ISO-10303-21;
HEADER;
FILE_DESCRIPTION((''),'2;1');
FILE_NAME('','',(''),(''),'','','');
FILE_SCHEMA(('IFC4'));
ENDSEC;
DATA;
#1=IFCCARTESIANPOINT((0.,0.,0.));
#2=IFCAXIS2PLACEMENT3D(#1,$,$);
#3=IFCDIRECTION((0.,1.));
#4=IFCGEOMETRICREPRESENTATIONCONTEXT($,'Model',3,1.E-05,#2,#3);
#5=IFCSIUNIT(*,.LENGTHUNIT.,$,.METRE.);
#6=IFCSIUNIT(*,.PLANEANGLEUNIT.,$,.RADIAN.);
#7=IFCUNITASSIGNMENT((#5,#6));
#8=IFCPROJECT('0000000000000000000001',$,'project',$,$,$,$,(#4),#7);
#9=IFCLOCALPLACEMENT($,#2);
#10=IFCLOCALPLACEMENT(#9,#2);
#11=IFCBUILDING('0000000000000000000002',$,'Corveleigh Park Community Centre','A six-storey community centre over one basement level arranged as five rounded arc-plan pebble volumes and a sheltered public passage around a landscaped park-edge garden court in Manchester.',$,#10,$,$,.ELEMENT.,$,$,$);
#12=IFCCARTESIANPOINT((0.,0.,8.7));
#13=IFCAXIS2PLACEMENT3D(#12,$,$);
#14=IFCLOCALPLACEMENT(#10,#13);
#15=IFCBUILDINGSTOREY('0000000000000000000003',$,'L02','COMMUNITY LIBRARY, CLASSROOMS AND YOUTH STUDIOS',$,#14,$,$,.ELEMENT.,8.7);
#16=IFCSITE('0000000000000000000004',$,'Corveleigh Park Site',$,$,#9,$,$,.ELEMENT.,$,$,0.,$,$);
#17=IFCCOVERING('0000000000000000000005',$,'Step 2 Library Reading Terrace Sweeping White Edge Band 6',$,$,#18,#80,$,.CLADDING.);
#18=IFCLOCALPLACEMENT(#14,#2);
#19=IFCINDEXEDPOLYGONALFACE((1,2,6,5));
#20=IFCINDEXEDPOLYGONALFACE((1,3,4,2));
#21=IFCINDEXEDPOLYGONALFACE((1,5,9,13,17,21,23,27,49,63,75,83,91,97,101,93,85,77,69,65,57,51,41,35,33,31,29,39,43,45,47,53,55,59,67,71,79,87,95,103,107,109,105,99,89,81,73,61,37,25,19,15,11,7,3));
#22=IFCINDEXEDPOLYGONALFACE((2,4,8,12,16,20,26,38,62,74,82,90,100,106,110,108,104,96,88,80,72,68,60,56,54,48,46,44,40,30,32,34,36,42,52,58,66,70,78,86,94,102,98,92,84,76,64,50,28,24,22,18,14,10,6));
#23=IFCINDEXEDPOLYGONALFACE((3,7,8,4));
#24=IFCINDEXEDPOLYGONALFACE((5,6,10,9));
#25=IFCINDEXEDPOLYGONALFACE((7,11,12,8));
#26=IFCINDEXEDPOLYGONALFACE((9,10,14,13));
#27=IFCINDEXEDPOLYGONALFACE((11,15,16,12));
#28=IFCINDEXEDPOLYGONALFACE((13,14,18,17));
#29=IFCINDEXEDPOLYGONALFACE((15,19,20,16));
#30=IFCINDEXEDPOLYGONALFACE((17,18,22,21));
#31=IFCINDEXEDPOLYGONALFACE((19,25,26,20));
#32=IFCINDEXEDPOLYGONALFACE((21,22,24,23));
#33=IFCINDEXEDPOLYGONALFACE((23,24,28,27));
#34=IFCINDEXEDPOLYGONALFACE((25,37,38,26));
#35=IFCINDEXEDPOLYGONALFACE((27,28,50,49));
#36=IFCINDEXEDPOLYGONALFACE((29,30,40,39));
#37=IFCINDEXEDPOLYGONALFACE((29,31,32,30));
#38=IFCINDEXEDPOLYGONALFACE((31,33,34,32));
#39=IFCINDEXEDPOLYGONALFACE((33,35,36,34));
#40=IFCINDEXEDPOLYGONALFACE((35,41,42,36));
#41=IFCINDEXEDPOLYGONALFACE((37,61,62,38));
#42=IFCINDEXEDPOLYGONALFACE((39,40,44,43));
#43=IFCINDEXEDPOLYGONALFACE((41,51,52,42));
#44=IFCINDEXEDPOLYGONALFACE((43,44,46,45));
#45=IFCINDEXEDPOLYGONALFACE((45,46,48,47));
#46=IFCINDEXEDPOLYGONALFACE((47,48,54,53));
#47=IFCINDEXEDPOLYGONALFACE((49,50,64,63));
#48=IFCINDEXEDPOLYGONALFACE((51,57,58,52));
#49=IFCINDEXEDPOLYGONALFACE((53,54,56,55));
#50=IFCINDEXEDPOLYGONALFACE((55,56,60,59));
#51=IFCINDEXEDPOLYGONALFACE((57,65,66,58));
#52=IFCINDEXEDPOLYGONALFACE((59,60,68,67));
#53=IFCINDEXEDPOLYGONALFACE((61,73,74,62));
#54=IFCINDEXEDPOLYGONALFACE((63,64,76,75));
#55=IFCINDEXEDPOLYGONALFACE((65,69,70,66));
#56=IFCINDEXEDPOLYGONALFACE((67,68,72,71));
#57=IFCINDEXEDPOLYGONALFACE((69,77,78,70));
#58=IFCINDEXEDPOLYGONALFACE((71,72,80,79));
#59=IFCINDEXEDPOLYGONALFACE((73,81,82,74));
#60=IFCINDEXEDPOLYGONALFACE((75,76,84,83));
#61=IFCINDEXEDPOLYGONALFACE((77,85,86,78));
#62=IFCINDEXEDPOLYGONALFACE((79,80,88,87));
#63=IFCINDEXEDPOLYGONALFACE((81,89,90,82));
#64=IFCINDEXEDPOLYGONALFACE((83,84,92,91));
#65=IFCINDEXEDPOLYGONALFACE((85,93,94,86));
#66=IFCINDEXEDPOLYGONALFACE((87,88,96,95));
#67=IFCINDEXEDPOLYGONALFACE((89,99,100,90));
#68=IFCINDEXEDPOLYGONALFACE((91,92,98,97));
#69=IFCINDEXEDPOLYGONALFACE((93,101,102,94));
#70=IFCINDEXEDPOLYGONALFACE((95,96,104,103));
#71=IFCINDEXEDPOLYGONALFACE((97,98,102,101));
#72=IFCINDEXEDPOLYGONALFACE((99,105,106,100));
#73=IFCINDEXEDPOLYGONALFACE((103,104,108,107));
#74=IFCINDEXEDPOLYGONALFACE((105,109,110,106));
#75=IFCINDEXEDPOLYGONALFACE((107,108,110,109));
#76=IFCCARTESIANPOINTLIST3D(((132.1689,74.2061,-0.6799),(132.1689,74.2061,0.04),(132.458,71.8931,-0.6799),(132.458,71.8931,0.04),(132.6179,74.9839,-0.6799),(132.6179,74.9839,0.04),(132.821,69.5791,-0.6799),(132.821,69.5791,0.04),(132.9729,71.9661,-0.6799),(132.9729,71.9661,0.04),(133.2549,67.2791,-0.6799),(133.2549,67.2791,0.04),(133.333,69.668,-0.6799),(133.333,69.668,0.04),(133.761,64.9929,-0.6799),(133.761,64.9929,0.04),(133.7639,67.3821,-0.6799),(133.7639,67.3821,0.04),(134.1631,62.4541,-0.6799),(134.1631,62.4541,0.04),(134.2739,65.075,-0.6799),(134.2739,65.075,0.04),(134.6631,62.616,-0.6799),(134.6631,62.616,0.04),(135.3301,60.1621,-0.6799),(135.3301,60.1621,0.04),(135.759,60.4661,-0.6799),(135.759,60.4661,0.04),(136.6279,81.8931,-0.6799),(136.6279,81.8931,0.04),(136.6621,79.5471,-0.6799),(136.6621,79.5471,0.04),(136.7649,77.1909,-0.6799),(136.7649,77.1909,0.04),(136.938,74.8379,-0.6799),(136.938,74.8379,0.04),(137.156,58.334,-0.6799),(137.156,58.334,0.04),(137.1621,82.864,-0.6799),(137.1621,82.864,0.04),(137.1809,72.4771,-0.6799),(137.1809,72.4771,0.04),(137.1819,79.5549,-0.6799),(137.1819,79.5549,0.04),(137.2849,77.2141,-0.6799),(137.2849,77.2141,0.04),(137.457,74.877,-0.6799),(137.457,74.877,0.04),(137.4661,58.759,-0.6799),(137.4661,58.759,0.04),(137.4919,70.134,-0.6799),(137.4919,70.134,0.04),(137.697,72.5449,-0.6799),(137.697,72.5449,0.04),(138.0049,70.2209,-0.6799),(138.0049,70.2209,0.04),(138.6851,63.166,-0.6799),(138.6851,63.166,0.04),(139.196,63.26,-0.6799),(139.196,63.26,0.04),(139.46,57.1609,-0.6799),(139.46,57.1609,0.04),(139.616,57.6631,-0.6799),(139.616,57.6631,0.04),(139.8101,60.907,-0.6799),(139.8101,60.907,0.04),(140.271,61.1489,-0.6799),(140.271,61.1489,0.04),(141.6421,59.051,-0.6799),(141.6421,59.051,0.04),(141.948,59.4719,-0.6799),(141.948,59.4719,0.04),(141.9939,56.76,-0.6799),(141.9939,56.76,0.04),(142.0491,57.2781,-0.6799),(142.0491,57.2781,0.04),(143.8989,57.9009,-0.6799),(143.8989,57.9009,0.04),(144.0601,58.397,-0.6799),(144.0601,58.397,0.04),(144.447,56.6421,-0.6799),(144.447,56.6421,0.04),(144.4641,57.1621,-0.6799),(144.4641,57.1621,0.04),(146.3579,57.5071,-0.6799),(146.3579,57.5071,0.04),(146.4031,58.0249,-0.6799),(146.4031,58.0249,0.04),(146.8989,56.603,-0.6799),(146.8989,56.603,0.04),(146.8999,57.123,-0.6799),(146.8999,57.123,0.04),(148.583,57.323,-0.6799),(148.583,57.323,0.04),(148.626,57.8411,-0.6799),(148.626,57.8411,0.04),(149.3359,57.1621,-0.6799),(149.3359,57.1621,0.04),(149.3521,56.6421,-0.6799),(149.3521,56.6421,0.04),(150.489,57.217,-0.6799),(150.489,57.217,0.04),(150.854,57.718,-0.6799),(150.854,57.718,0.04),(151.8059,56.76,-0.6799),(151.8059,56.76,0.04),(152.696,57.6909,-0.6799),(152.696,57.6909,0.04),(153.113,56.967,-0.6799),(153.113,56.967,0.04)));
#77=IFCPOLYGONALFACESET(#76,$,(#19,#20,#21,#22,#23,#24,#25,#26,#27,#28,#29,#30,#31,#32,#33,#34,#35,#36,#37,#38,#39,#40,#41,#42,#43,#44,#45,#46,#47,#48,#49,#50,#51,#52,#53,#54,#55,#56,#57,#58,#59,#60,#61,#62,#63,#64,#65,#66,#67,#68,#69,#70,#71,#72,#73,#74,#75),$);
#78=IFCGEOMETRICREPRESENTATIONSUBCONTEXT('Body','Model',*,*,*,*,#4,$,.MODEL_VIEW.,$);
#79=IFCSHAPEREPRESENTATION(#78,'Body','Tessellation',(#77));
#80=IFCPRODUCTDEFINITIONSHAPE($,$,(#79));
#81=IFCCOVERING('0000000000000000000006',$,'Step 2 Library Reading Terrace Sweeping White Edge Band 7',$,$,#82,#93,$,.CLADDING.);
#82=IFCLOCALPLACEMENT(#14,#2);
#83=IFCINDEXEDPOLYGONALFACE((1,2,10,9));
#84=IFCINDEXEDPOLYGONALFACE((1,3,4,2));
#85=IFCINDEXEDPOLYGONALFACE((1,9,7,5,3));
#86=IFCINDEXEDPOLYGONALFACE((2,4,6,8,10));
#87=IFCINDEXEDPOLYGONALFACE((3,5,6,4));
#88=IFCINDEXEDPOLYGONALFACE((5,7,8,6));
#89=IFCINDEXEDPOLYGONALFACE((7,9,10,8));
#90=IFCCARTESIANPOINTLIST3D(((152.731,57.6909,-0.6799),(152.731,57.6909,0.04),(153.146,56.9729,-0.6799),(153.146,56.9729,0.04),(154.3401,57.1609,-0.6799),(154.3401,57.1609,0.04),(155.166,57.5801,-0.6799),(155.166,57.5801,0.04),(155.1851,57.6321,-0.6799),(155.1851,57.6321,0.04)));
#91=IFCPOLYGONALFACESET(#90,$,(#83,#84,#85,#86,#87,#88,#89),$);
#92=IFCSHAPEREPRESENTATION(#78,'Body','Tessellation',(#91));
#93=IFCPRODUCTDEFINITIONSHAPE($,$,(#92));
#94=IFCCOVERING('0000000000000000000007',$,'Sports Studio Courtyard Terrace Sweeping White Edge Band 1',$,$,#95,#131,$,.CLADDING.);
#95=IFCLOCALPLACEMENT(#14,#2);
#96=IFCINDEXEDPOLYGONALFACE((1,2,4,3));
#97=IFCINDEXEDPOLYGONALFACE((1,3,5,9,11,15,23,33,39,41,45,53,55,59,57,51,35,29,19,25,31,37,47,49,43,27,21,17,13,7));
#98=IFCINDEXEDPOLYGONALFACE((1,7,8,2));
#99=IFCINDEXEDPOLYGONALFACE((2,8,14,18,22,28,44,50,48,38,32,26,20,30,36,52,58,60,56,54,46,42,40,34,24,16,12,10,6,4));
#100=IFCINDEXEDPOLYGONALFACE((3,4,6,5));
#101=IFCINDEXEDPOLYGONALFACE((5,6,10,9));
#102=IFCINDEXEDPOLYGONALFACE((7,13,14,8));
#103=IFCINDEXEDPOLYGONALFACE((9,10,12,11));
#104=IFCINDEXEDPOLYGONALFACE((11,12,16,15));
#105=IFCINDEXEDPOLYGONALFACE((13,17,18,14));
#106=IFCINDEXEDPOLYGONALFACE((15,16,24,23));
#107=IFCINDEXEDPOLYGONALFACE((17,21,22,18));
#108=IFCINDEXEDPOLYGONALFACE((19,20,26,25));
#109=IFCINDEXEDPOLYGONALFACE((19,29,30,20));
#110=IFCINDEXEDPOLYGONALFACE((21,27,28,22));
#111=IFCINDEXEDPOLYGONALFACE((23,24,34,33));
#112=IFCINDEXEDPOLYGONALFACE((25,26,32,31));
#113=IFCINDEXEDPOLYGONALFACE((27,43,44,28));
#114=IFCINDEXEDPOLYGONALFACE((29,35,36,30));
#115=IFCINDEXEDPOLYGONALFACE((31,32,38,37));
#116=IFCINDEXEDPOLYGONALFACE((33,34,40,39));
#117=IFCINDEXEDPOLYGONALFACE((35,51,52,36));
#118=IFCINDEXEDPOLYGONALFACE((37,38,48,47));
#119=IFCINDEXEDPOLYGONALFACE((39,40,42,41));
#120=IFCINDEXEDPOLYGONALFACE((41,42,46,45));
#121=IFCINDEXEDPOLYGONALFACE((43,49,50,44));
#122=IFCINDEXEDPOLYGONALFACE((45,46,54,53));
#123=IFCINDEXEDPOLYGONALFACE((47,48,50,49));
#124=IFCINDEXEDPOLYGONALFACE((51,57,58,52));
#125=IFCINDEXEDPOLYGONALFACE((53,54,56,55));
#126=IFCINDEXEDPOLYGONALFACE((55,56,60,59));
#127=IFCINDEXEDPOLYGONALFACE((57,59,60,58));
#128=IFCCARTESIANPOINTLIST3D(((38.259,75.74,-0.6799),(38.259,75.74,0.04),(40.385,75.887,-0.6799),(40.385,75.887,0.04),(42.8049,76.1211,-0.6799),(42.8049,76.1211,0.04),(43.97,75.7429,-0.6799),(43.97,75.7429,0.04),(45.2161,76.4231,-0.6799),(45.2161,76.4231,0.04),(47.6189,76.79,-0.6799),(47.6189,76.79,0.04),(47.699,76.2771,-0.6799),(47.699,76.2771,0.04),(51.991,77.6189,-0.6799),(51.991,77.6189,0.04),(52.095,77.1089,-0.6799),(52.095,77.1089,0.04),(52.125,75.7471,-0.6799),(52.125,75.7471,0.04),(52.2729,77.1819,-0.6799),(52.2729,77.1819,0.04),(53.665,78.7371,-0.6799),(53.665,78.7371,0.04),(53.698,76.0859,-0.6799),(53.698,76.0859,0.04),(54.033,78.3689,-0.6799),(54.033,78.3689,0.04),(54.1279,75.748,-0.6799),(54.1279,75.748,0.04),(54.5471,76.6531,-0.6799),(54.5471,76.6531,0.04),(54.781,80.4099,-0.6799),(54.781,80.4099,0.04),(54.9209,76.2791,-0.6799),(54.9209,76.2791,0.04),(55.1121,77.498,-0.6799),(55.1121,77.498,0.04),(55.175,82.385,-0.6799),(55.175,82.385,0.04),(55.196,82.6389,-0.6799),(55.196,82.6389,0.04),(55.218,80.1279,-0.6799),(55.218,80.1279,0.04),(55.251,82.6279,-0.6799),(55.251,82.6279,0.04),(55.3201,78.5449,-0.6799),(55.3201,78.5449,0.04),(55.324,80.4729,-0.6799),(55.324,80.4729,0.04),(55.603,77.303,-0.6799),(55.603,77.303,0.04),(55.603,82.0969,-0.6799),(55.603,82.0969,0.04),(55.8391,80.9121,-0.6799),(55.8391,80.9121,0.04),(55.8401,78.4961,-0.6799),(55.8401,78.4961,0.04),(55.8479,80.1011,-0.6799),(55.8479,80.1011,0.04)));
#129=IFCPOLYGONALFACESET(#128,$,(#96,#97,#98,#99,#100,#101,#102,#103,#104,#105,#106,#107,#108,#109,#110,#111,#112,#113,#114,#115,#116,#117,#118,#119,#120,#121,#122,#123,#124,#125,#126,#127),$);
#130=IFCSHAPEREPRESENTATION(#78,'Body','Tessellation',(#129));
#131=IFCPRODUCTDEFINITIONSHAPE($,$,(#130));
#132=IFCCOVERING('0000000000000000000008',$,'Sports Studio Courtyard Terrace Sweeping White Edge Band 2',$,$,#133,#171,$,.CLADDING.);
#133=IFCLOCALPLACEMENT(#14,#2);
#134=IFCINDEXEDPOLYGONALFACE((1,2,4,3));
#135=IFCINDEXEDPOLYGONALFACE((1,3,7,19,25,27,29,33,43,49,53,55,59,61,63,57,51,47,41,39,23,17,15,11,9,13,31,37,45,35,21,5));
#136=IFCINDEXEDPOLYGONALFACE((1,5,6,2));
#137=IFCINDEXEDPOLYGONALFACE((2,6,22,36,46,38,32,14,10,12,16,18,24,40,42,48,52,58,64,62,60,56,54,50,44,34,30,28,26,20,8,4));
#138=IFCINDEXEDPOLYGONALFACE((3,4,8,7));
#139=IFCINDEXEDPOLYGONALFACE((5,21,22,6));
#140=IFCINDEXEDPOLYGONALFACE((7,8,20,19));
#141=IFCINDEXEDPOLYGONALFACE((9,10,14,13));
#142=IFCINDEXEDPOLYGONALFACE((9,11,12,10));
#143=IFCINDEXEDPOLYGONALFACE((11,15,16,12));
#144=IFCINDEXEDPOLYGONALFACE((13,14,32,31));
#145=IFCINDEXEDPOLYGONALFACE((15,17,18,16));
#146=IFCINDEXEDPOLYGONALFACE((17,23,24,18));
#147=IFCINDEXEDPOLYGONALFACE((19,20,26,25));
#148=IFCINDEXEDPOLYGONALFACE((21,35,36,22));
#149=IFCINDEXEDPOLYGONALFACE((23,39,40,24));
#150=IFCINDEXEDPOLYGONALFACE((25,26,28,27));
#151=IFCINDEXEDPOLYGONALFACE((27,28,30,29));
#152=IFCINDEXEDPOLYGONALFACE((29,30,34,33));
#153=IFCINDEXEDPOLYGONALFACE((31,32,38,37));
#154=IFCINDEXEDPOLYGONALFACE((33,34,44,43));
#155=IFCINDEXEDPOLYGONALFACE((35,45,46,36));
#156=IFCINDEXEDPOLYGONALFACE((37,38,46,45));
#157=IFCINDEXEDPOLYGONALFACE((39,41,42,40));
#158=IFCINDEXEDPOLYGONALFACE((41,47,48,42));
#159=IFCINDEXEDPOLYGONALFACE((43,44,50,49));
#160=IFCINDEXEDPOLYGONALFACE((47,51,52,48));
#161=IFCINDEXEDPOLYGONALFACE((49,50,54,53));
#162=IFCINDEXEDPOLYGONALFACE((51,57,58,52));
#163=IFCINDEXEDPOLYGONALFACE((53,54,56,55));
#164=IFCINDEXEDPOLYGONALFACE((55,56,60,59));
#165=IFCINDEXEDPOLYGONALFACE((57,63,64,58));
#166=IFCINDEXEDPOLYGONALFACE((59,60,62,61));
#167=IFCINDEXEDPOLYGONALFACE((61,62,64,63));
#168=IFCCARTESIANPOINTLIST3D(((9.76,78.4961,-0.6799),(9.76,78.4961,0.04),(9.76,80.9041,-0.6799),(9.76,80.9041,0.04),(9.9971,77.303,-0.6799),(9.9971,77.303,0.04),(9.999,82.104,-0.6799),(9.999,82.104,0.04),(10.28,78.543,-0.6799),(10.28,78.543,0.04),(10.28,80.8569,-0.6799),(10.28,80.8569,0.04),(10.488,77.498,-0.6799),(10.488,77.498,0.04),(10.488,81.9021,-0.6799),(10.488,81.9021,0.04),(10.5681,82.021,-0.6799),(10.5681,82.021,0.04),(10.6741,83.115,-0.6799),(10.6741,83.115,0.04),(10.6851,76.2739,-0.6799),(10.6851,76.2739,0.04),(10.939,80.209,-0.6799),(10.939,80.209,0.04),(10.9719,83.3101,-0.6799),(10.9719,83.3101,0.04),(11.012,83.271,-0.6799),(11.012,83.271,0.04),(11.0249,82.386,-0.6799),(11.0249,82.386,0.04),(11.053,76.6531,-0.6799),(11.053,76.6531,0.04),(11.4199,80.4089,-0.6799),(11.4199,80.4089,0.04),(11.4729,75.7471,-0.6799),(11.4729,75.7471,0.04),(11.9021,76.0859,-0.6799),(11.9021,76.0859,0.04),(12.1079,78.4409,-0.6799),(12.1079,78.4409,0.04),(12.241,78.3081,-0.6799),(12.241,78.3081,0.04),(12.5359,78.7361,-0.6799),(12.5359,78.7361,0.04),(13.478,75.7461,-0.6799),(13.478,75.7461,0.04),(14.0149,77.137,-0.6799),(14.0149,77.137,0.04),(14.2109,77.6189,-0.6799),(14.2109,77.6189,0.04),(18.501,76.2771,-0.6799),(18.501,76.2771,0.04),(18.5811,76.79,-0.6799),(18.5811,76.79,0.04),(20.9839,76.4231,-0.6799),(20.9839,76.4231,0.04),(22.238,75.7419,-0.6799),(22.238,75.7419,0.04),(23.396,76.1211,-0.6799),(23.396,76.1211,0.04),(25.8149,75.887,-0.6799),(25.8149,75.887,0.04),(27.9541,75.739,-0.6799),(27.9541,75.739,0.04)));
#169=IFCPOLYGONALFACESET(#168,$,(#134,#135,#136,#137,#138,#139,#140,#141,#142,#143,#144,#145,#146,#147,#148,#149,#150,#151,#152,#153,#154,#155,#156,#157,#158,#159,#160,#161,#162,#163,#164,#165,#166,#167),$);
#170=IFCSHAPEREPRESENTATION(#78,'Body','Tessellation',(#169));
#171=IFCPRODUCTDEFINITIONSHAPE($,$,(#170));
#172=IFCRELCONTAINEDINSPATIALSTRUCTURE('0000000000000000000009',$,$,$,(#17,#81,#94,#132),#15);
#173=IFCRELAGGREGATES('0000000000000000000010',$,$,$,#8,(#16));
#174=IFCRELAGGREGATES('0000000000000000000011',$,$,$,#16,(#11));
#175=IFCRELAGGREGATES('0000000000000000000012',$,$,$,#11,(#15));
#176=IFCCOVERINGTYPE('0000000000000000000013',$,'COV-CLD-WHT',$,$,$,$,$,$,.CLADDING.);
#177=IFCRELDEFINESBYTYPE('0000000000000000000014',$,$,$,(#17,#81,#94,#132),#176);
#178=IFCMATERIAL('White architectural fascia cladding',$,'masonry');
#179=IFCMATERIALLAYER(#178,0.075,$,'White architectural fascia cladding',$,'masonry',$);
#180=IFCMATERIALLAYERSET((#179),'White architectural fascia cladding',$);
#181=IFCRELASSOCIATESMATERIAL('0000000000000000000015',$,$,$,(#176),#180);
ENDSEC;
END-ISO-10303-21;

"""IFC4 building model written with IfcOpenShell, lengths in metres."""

from ifc_helpers import new_model, si_unit, direction, frame, origin, place, context, subcontext, project, spatial, polyline, outline, extrude, material, layer, layer_set, type_object, element, save


model = new_model("IFC4")

# Units and contexts
model_context = context("Model", 3, precision=1e-05, world=origin(), true_north=direction((0.0, 1.0)))
body_context = subcontext(model_context, "Body", "Model", "MODEL_VIEW")
ifc_project = project(units=[si_unit("LENGTHUNIT", "METRE"), si_unit("PLANEANGLEUNIT", "RADIAN")], contexts=[model_context])

# Site, building, storey
site_placement = place(None, origin())
site = spatial("IfcSite", under=ifc_project, at=site_placement, Name="Corveleigh Park Site", CompositionType="ELEMENT", RefElevation=0.0)
building_placement = place(site_placement, origin())
building = spatial("IfcBuilding", under=site, at=building_placement, Name="Corveleigh Park Community Centre", Description="A six-storey community centre over one basement level arranged as five rounded arc-plan pebble volumes and a sheltered public passage around a landscaped park-edge garden court in Manchester.", CompositionType="ELEMENT")
storey_placement = place(building_placement, frame((0.0, 0.0, 8.7)))
storey = spatial("IfcBuildingStorey", under=building, at=storey_placement, Name="L02", Description="COMMUNITY LIBRARY, CLASSROOMS AND YOUTH STUDIOS", CompositionType="ELEMENT", Elevation=8.7)

# Coverings
ifc_material = material(Name="White architectural fascia cladding", Category="masonry")
ifc_layer = layer(ifc_material, 0.075, Name="White architectural fascia cladding", Category="masonry")
ifc_layer_set = layer_set([ifc_layer], Name="White architectural fascia cladding")
covering_type = type_object("IfcCoveringType", Name="COV-CLD-WHT", PredefinedType="CLADDING", material=ifc_layer_set)
covering_1_placement = place(storey_placement, frame((0.0, 0.0, -0.6799)))
element("IfcCovering", 1, at=covering_1_placement, inside=storey, type_object=covering_type, Name="Step 2 Library Reading Terrace Sweeping White Edge Band 6", PredefinedType="CLADDING", context=body_context, shape_type="SweptSolid", body=[
    extrude(outline(polyline([(151.8059, 56.76), (149.3521, 56.6421), (146.8989, 56.603), (144.447, 56.6421), (141.9939, 56.76), (139.46, 57.1609), (137.156, 58.334), (135.3301, 60.1621), (134.1631, 62.4541), (133.761, 64.9929), (133.2549, 67.2791), (132.821, 69.5791), (132.458, 71.8931), (132.1689, 74.2061), (132.6179, 74.9839), (132.9729, 71.9661), (133.333, 69.668), (133.7639, 67.3821), (134.2739, 65.075), (134.6631, 62.616), (135.759, 60.4661), (137.4661, 58.759), (139.616, 57.6631), (142.0491, 57.2781), (144.4641, 57.1621), (146.8999, 57.123), (149.3359, 57.1621), (150.489, 57.217), (148.583, 57.323), (146.3579, 57.5071), (143.8989, 57.9009), (141.6421, 59.051), (139.8101, 60.907), (138.6851, 63.166), (137.4919, 70.134), (137.1809, 72.4771), (136.938, 74.8379), (136.7649, 77.1909), (136.6621, 79.5471), (136.6279, 81.8931), (137.1621, 82.864), (137.1819, 79.5549), (137.2849, 77.2141), (137.457, 74.877), (137.697, 72.5449), (138.0049, 70.2209), (139.196, 63.26), (140.271, 61.1489), (141.948, 59.4719), (144.0601, 58.397), (146.4031, 58.0249), (148.626, 57.8411), (150.854, 57.718), (152.696, 57.6909), (153.113, 56.967), (151.8059, 56.76)])), origin(), (0.0, 0.0, 1.0), 0.72),
])
covering_2_placement = place(storey_placement, frame((0.0, 0.0, -0.6799)))
element("IfcCovering", 2, at=covering_2_placement, inside=storey, type_object=covering_type, Name="Step 2 Library Reading Terrace Sweeping White Edge Band 7", PredefinedType="CLADDING", context=body_context, shape_type="SweptSolid", body=[
    extrude(outline(polyline([(154.3401, 57.1609), (153.146, 56.9729), (152.731, 57.6909), (155.1851, 57.6321), (155.166, 57.5801), (154.3401, 57.1609)])), origin(), (0.0, 0.0, 1.0), 0.72),
])
covering_3_placement = place(storey_placement, frame((0.0, 0.0, -0.6799)))
element("IfcCovering", 3, at=covering_3_placement, inside=storey, type_object=covering_type, Name="Sports Studio Courtyard Terrace Sweeping White Edge Band 1", PredefinedType="CLADDING", context=body_context, shape_type="SweptSolid", body=[
    extrude(outline(polyline([(55.603, 82.0969), (55.8391, 80.9121), (55.8479, 80.1011), (55.8401, 78.4961), (55.603, 77.303), (54.9209, 76.2791), (54.1279, 75.748), (52.125, 75.7471), (53.698, 76.0859), (54.5471, 76.6531), (55.1121, 77.498), (55.3201, 78.5449), (55.324, 80.4729), (55.218, 80.1279), (54.033, 78.3689), (52.2729, 77.1819), (52.095, 77.1089), (47.699, 76.2771), (43.97, 75.7429), (38.259, 75.74), (40.385, 75.887), (42.8049, 76.1211), (45.2161, 76.4231), (47.6189, 76.79), (51.991, 77.6189), (53.665, 78.7371), (54.781, 80.4099), (55.175, 82.385), (55.196, 82.6389), (55.251, 82.6279), (55.603, 82.0969)])), origin(), (0.0, 0.0, 1.0), 0.72),
])
covering_4_placement = place(storey_placement, frame((0.0, 0.0, -0.6799)))
element("IfcCovering", 4, at=covering_4_placement, inside=storey, type_object=covering_type, Name="Sports Studio Courtyard Terrace Sweeping White Edge Band 2", PredefinedType="CLADDING", context=body_context, shape_type="SweptSolid", body=[
    extrude(outline(polyline([(10.6851, 76.2739), (9.9971, 77.303), (9.76, 78.4961), (9.76, 80.9041), (9.999, 82.104), (10.6741, 83.115), (10.9719, 83.3101), (11.012, 83.271), (11.0249, 82.386), (11.4199, 80.4089), (12.5359, 78.7361), (14.2109, 77.6189), (18.5811, 76.79), (20.9839, 76.4231), (23.396, 76.1211), (25.8149, 75.887), (27.9541, 75.739), (22.238, 75.7419), (18.501, 76.2771), (14.0149, 77.137), (12.241, 78.3081), (12.1079, 78.4409), (10.939, 80.209), (10.5681, 82.021), (10.488, 81.9021), (10.28, 80.8569), (10.28, 78.543), (10.488, 77.498), (11.053, 76.6531), (11.9021, 76.0859), (13.478, 75.7461), (11.4729, 75.7471), (10.6851, 76.2739)])), origin(), (0.0, 0.0, 1.0), 0.72),
])

save(model, "model.ifc")
